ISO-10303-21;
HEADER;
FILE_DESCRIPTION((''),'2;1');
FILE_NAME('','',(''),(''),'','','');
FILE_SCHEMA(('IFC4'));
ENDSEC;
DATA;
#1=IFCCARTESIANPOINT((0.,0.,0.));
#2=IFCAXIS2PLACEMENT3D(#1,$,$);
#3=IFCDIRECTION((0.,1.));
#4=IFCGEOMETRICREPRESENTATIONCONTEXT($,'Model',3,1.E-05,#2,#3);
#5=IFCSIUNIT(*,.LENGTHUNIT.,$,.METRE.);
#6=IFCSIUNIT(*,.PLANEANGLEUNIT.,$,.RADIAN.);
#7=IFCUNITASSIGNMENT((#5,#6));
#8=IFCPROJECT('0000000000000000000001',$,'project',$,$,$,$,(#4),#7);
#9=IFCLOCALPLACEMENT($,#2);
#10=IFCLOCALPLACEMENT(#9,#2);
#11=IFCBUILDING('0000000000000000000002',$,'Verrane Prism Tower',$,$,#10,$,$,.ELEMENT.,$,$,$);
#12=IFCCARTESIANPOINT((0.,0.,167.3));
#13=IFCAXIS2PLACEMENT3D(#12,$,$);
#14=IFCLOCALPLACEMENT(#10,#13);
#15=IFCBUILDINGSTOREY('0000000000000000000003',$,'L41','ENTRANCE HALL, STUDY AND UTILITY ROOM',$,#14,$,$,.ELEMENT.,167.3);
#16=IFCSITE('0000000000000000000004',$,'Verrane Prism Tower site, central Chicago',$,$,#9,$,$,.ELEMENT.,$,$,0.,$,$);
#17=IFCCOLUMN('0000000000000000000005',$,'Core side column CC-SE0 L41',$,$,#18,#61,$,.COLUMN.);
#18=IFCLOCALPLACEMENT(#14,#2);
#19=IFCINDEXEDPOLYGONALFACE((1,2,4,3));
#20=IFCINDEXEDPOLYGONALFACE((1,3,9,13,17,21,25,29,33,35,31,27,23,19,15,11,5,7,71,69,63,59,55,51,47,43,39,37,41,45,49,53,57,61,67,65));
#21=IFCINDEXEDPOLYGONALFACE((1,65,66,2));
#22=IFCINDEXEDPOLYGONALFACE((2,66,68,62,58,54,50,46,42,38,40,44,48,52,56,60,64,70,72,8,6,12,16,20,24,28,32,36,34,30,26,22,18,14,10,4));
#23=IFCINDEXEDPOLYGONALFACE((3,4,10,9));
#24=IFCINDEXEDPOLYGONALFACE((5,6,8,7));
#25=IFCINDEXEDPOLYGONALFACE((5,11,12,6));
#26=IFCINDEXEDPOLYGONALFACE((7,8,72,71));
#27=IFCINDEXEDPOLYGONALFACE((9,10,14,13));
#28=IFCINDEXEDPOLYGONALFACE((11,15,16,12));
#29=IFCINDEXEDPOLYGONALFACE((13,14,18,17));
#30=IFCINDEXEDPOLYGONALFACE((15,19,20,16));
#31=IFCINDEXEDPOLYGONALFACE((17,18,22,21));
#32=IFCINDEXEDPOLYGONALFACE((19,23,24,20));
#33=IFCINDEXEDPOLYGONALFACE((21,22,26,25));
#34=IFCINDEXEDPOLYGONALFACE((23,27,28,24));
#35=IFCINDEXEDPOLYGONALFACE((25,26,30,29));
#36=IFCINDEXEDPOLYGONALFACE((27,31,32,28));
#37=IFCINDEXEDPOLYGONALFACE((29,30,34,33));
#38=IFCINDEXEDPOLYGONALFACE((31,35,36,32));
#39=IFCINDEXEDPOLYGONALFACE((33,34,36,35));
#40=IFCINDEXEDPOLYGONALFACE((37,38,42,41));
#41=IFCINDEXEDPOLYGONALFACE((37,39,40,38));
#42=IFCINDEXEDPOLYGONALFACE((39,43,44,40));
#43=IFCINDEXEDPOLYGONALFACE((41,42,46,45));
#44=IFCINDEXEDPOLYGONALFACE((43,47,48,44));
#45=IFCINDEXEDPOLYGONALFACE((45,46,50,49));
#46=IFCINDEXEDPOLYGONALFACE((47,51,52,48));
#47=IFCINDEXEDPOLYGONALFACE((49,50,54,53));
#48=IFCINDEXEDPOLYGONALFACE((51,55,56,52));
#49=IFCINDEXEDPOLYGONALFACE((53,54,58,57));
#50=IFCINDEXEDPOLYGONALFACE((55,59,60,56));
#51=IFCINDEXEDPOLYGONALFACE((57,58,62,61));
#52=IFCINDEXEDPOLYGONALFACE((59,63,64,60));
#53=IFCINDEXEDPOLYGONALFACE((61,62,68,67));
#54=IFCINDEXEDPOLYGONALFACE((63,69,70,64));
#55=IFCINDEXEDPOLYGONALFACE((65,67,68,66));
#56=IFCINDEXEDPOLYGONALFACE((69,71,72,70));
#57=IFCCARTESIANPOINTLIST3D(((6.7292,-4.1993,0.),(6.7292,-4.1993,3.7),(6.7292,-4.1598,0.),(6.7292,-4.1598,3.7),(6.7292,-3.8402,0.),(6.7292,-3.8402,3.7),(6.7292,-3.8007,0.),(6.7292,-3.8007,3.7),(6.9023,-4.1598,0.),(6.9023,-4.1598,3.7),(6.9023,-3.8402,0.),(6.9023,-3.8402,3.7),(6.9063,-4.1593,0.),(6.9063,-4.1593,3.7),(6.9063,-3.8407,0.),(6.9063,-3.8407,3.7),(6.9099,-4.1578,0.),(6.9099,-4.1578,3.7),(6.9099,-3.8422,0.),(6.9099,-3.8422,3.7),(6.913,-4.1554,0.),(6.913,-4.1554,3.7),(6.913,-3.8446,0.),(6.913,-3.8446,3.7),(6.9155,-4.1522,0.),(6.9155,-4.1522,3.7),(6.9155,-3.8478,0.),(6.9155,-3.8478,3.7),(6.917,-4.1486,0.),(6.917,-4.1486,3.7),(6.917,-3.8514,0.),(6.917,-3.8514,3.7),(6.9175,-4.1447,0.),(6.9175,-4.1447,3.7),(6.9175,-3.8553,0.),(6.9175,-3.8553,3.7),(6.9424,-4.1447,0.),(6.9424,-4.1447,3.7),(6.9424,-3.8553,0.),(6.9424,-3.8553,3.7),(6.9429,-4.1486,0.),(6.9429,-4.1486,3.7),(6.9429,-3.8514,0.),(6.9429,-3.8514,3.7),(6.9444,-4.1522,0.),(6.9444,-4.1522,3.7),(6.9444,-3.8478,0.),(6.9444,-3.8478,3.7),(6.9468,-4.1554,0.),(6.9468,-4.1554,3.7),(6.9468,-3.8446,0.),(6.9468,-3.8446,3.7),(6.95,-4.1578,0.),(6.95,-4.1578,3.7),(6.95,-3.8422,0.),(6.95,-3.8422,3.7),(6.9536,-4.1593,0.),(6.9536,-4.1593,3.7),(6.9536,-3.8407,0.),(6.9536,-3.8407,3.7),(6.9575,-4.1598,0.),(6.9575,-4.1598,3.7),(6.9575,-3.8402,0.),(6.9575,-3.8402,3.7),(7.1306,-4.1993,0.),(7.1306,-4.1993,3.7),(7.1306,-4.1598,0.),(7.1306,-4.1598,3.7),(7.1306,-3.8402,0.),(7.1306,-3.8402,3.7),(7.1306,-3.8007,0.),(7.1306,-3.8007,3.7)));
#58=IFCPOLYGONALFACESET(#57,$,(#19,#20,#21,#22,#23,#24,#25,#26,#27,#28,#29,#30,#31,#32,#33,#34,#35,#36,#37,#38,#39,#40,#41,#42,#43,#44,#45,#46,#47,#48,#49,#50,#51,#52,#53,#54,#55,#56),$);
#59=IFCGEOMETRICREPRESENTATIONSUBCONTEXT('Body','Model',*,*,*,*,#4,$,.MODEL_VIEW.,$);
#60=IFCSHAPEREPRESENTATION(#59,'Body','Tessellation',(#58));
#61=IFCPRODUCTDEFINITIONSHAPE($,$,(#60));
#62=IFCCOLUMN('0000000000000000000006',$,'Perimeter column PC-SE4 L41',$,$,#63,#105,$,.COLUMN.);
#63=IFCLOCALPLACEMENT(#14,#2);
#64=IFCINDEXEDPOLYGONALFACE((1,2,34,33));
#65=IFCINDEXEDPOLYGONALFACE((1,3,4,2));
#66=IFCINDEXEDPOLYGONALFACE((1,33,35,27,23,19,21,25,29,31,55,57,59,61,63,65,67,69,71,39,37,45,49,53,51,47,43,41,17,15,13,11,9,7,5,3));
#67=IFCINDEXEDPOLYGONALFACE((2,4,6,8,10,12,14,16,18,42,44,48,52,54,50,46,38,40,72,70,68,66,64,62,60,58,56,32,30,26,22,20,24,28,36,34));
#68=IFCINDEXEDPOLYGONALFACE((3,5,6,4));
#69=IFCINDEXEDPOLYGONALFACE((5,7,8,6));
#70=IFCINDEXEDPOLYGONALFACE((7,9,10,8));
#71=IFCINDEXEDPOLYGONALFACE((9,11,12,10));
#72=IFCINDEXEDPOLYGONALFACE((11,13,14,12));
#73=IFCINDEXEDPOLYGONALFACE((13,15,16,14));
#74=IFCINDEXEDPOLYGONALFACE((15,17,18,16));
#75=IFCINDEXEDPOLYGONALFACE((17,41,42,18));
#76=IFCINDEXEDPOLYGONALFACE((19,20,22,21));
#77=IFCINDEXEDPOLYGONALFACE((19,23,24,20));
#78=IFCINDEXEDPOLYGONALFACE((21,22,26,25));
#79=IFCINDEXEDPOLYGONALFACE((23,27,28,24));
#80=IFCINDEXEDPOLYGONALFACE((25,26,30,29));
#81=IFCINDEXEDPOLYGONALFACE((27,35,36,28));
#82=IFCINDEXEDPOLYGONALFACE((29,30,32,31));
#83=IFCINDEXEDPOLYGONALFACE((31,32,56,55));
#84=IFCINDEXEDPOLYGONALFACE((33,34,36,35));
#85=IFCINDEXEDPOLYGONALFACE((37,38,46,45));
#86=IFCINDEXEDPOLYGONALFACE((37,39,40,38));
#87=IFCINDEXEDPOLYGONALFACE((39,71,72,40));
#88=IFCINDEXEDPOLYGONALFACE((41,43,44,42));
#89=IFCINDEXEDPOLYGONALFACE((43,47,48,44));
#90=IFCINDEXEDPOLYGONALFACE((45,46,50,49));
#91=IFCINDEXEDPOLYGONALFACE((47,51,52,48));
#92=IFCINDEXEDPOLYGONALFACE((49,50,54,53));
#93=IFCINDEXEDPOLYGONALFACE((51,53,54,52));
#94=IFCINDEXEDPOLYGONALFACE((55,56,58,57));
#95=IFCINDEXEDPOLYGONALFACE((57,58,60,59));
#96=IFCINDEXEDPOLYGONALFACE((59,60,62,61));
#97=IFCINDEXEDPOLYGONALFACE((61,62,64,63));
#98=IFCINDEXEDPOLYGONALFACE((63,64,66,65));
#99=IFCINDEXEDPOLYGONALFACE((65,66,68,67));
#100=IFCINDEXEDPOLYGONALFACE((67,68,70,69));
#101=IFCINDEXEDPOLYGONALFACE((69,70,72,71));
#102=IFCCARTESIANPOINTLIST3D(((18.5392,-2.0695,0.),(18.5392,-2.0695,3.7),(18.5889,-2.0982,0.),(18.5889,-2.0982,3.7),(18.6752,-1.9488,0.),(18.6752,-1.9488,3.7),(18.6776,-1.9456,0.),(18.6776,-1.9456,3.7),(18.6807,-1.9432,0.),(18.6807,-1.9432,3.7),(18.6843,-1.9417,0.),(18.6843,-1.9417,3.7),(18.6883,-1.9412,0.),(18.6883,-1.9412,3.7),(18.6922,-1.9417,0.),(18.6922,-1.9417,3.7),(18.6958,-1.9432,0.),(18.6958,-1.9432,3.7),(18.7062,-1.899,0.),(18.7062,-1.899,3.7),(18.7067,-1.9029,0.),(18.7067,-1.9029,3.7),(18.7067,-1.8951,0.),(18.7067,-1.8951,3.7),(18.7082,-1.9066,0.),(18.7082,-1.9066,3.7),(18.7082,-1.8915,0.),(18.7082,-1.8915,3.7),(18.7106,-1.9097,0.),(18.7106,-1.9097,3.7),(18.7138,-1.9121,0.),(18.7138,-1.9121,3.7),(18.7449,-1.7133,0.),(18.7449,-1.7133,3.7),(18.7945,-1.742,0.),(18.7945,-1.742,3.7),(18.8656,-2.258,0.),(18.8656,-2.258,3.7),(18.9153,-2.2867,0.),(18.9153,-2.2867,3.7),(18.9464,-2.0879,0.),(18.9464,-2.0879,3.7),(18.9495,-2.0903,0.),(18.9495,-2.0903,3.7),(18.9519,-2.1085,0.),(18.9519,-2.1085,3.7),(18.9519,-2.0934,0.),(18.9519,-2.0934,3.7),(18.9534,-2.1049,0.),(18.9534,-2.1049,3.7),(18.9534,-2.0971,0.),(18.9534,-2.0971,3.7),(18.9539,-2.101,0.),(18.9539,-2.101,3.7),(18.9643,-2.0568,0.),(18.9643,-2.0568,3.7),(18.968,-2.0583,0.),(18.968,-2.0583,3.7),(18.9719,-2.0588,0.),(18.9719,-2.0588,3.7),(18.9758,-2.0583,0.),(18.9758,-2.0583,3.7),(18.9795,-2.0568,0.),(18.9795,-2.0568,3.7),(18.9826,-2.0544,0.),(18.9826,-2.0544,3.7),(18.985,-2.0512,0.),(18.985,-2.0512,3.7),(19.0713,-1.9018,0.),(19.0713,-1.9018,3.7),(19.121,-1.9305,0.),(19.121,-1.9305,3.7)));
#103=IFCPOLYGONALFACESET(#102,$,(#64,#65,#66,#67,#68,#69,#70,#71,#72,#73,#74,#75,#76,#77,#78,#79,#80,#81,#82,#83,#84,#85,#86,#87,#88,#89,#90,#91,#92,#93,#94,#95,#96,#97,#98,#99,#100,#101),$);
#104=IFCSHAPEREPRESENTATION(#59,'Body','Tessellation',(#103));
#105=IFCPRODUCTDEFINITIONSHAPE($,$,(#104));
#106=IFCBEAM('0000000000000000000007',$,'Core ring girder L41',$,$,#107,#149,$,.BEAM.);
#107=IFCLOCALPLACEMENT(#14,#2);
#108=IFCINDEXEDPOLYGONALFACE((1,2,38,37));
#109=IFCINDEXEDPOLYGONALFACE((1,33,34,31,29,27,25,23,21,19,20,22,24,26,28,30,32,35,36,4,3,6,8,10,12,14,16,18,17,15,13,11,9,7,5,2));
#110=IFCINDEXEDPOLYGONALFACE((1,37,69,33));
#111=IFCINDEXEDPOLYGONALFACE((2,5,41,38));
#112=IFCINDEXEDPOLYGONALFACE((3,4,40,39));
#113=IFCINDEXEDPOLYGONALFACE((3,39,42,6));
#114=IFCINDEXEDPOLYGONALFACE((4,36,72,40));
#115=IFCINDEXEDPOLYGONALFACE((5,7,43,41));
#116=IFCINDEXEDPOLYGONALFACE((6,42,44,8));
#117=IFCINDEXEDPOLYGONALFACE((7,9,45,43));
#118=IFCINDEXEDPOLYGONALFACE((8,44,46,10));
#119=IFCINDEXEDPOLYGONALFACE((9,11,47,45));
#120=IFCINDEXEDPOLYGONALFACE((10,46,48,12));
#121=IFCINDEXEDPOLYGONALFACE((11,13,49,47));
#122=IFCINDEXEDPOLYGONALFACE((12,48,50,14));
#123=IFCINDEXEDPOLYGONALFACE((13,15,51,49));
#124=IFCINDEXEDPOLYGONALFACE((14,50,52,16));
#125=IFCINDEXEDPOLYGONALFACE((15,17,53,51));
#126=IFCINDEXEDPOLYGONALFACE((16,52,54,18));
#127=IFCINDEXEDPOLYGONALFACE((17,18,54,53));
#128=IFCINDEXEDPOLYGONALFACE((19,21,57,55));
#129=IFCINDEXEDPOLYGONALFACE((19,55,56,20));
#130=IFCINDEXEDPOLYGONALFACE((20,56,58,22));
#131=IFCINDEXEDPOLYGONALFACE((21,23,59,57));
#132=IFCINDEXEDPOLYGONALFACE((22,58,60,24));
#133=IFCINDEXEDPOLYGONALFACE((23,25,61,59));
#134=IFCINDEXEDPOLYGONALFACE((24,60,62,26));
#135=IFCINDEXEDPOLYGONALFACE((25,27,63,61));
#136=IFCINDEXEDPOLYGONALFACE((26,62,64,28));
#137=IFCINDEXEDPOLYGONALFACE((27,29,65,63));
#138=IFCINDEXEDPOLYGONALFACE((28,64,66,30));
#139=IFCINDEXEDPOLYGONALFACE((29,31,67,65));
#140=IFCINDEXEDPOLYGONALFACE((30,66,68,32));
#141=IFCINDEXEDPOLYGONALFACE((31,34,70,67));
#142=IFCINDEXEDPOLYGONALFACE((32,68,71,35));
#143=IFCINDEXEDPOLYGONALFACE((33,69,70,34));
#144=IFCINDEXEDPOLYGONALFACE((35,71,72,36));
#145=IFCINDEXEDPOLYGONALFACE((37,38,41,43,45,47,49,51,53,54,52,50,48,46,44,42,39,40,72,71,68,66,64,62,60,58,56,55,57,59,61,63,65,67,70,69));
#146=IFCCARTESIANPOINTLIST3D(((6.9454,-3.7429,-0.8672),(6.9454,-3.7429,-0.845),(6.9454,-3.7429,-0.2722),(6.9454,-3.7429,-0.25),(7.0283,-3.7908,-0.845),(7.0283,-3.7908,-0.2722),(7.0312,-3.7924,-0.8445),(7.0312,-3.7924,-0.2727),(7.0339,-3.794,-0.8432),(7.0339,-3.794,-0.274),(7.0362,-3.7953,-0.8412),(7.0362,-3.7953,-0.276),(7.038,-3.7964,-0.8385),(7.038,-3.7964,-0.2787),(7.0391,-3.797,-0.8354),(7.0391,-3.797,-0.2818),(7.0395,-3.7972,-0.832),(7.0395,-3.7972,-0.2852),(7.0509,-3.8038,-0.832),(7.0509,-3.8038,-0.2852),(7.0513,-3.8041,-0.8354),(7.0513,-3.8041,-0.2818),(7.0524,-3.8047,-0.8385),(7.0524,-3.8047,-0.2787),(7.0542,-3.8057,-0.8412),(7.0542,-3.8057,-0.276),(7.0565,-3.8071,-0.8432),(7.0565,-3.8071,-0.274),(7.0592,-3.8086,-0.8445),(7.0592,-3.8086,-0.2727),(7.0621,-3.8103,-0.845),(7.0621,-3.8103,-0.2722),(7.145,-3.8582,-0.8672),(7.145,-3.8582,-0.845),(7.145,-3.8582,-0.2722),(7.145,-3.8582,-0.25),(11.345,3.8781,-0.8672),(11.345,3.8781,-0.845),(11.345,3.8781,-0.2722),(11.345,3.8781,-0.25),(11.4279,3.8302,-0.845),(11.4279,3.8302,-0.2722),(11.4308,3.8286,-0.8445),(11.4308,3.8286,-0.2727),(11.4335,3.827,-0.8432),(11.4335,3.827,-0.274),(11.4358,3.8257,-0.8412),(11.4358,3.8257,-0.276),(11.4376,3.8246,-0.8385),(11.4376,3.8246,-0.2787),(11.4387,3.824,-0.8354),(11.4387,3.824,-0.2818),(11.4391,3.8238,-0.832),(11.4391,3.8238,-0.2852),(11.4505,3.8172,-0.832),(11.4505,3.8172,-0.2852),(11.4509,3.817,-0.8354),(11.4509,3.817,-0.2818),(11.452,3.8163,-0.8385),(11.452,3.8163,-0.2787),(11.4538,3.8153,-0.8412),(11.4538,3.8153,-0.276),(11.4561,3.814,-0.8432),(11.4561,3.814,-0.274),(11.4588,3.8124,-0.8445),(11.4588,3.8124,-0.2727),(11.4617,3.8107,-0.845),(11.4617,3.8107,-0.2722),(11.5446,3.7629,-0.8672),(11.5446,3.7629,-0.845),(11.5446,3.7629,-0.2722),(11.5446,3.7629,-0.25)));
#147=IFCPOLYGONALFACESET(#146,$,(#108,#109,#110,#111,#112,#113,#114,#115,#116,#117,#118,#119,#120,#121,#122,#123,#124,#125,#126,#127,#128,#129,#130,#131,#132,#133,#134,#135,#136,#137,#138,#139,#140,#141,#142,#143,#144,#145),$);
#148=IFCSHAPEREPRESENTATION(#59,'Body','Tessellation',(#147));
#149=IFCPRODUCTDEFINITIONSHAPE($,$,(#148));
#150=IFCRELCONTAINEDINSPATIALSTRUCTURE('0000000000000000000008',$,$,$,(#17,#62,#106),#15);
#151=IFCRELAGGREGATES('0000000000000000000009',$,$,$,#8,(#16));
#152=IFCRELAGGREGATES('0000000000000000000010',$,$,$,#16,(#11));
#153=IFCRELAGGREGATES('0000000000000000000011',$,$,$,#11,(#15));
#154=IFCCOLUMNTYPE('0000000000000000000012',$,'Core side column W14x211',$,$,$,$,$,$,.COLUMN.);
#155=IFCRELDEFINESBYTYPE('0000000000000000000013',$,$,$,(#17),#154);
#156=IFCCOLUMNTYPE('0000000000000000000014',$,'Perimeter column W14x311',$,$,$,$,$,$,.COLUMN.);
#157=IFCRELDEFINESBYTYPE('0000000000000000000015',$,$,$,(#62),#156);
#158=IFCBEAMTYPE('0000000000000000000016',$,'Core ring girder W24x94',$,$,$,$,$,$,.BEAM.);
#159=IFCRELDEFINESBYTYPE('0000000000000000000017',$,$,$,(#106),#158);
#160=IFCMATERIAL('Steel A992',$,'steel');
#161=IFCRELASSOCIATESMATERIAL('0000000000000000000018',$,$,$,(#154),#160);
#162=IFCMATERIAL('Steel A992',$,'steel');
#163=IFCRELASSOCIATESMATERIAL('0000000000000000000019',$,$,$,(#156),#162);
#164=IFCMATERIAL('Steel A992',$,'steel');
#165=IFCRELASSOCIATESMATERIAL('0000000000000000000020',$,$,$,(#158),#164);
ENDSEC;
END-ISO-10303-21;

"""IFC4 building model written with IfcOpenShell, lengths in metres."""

from ifc_helpers import new_model, si_unit, direction, frame, origin, origin_2d, place, context, subcontext, project, spatial, i_section, extrude, material, material_profile, profile_set, type_object, element, save


model = new_model("IFC4")

# Units and contexts
model_context = context("Model", 3, precision=1e-05, world=origin(), true_north=direction((0.0, 1.0)))
body_context = subcontext(model_context, "Body", "Model", "MODEL_VIEW")
ifc_project = project(units=[si_unit("LENGTHUNIT", "METRE"), si_unit("PLANEANGLEUNIT", "RADIAN")], contexts=[model_context])

# Site, building, storey
site_placement = place(None, origin())
site = spatial("IfcSite", under=ifc_project, at=site_placement, Name="Verrane Prism Tower site, central Chicago", CompositionType="ELEMENT", RefElevation=0.0)
building_placement = place(site_placement, origin())
building = spatial("IfcBuilding", under=site, at=building_placement, Name="Verrane Prism Tower", CompositionType="ELEMENT")
storey_placement = place(building_placement, frame((0.0, 0.0, 167.3)))
storey = spatial("IfcBuildingStorey", under=building, at=storey_placement, Name="L41", Description="ENTRANCE HALL, STUDY AND UTILITY ROOM", CompositionType="ELEMENT", Elevation=167.3)

# Columns
ifc_material_1 = material(Name="Steel A992", Category="steel")
ifc_material_profile_1 = material_profile(ifc_material_1, i_section(OverallWidth=0.4014, OverallDepth=0.3987, WebThickness=0.0249, FlangeThickness=0.0396, FilletRadius=0.0151, at=origin_2d()), Name="W14x211")
ifc_profile_set_1 = profile_set([ifc_material_profile_1], Name="Steel A992")
column_type_1 = type_object("IfcColumnType", Name="Core side column W14x211", PredefinedType="COLUMN", material=ifc_profile_set_1)
column_1_placement = place(storey_placement, frame((6.9299, -4.0, 0.0), z_axis=(0.0, 0.0, 1.0), x_axis=(1.0, 0.0, 0.0)))
element("IfcColumn", 1, at=column_1_placement, inside=storey, type_object=column_type_1, Name="Core side column CC-SE0 L41", PredefinedType="COLUMN", context=body_context, shape_type="SweptSolid", body=[
    extrude(i_section(OverallWidth=0.4014, OverallDepth=0.3987, WebThickness=0.0249, FlangeThickness=0.0396, FilletRadius=0.0151, at=origin_2d()), origin(), (0.0, 0.0, 1.0), 3.7),
])
ifc_material_2 = material(Name="Steel A992", Category="steel")
ifc_material_profile_2 = material_profile(ifc_material_2, i_section(OverallWidth=0.4114, OverallDepth=0.4343, WebThickness=0.0359, FlangeThickness=0.0574, FilletRadius=0.0151, at=origin_2d()), Name="W14x311")
ifc_profile_set_2 = profile_set([ifc_material_profile_2], Name="Steel A992")
column_type_2 = type_object("IfcColumnType", Name="Perimeter column W14x311", PredefinedType="COLUMN", material=ifc_profile_set_2)
column_2_placement = place(storey_placement, frame((18.8301, -2.0, 0.0), z_axis=(0.0, 0.0, 1.0), x_axis=(-0.5, -0.866025, 0.0)))
element("IfcColumn", 2, at=column_2_placement, inside=storey, type_object=column_type_2, Name="Perimeter column PC-SE4 L41", PredefinedType="COLUMN", context=body_context, shape_type="SweptSolid", body=[
    extrude(i_section(OverallWidth=0.4114, OverallDepth=0.4343, WebThickness=0.0359, FlangeThickness=0.0574, FilletRadius=0.0151, at=origin_2d()), origin(), (0.0, 0.0, 1.0), 3.7),
])

# Beam
ifc_material_3 = material(Name="Steel A992", Category="steel")
ifc_material_profile_3 = material_profile(ifc_material_3, i_section(OverallWidth=0.2305, OverallDepth=0.6172, WebThickness=0.0132, FlangeThickness=0.0222, FilletRadius=0.0129, at=origin_2d()), Name="W24x94")
ifc_profile_set_3 = profile_set([ifc_material_profile_3], Name="Steel A992")
beam_type_1 = type_object("IfcBeamType", Name="Core ring girder W24x94", PredefinedType="BEAM", material=ifc_profile_set_3)
beam_1_placement = place(storey_placement, frame((7.0452, -3.8005, -0.5586), z_axis=(0.499967, 0.866044, 0.0), x_axis=(-0.866044, 0.499967, 0.0)))
element("IfcBeam", 3, at=beam_1_placement, inside=storey, type_object=beam_type_1, Name="Core ring girder L41", PredefinedType="BEAM", context=body_context, shape_type="SweptSolid", body=[
    extrude(i_section(OverallWidth=0.2305, OverallDepth=0.6172, WebThickness=0.0132, FlangeThickness=0.0222, FilletRadius=0.0129, at=origin_2d()), origin(), (0.0, 0.0, 1.0), 8.7998),
])

save(model, "model.ifc")
